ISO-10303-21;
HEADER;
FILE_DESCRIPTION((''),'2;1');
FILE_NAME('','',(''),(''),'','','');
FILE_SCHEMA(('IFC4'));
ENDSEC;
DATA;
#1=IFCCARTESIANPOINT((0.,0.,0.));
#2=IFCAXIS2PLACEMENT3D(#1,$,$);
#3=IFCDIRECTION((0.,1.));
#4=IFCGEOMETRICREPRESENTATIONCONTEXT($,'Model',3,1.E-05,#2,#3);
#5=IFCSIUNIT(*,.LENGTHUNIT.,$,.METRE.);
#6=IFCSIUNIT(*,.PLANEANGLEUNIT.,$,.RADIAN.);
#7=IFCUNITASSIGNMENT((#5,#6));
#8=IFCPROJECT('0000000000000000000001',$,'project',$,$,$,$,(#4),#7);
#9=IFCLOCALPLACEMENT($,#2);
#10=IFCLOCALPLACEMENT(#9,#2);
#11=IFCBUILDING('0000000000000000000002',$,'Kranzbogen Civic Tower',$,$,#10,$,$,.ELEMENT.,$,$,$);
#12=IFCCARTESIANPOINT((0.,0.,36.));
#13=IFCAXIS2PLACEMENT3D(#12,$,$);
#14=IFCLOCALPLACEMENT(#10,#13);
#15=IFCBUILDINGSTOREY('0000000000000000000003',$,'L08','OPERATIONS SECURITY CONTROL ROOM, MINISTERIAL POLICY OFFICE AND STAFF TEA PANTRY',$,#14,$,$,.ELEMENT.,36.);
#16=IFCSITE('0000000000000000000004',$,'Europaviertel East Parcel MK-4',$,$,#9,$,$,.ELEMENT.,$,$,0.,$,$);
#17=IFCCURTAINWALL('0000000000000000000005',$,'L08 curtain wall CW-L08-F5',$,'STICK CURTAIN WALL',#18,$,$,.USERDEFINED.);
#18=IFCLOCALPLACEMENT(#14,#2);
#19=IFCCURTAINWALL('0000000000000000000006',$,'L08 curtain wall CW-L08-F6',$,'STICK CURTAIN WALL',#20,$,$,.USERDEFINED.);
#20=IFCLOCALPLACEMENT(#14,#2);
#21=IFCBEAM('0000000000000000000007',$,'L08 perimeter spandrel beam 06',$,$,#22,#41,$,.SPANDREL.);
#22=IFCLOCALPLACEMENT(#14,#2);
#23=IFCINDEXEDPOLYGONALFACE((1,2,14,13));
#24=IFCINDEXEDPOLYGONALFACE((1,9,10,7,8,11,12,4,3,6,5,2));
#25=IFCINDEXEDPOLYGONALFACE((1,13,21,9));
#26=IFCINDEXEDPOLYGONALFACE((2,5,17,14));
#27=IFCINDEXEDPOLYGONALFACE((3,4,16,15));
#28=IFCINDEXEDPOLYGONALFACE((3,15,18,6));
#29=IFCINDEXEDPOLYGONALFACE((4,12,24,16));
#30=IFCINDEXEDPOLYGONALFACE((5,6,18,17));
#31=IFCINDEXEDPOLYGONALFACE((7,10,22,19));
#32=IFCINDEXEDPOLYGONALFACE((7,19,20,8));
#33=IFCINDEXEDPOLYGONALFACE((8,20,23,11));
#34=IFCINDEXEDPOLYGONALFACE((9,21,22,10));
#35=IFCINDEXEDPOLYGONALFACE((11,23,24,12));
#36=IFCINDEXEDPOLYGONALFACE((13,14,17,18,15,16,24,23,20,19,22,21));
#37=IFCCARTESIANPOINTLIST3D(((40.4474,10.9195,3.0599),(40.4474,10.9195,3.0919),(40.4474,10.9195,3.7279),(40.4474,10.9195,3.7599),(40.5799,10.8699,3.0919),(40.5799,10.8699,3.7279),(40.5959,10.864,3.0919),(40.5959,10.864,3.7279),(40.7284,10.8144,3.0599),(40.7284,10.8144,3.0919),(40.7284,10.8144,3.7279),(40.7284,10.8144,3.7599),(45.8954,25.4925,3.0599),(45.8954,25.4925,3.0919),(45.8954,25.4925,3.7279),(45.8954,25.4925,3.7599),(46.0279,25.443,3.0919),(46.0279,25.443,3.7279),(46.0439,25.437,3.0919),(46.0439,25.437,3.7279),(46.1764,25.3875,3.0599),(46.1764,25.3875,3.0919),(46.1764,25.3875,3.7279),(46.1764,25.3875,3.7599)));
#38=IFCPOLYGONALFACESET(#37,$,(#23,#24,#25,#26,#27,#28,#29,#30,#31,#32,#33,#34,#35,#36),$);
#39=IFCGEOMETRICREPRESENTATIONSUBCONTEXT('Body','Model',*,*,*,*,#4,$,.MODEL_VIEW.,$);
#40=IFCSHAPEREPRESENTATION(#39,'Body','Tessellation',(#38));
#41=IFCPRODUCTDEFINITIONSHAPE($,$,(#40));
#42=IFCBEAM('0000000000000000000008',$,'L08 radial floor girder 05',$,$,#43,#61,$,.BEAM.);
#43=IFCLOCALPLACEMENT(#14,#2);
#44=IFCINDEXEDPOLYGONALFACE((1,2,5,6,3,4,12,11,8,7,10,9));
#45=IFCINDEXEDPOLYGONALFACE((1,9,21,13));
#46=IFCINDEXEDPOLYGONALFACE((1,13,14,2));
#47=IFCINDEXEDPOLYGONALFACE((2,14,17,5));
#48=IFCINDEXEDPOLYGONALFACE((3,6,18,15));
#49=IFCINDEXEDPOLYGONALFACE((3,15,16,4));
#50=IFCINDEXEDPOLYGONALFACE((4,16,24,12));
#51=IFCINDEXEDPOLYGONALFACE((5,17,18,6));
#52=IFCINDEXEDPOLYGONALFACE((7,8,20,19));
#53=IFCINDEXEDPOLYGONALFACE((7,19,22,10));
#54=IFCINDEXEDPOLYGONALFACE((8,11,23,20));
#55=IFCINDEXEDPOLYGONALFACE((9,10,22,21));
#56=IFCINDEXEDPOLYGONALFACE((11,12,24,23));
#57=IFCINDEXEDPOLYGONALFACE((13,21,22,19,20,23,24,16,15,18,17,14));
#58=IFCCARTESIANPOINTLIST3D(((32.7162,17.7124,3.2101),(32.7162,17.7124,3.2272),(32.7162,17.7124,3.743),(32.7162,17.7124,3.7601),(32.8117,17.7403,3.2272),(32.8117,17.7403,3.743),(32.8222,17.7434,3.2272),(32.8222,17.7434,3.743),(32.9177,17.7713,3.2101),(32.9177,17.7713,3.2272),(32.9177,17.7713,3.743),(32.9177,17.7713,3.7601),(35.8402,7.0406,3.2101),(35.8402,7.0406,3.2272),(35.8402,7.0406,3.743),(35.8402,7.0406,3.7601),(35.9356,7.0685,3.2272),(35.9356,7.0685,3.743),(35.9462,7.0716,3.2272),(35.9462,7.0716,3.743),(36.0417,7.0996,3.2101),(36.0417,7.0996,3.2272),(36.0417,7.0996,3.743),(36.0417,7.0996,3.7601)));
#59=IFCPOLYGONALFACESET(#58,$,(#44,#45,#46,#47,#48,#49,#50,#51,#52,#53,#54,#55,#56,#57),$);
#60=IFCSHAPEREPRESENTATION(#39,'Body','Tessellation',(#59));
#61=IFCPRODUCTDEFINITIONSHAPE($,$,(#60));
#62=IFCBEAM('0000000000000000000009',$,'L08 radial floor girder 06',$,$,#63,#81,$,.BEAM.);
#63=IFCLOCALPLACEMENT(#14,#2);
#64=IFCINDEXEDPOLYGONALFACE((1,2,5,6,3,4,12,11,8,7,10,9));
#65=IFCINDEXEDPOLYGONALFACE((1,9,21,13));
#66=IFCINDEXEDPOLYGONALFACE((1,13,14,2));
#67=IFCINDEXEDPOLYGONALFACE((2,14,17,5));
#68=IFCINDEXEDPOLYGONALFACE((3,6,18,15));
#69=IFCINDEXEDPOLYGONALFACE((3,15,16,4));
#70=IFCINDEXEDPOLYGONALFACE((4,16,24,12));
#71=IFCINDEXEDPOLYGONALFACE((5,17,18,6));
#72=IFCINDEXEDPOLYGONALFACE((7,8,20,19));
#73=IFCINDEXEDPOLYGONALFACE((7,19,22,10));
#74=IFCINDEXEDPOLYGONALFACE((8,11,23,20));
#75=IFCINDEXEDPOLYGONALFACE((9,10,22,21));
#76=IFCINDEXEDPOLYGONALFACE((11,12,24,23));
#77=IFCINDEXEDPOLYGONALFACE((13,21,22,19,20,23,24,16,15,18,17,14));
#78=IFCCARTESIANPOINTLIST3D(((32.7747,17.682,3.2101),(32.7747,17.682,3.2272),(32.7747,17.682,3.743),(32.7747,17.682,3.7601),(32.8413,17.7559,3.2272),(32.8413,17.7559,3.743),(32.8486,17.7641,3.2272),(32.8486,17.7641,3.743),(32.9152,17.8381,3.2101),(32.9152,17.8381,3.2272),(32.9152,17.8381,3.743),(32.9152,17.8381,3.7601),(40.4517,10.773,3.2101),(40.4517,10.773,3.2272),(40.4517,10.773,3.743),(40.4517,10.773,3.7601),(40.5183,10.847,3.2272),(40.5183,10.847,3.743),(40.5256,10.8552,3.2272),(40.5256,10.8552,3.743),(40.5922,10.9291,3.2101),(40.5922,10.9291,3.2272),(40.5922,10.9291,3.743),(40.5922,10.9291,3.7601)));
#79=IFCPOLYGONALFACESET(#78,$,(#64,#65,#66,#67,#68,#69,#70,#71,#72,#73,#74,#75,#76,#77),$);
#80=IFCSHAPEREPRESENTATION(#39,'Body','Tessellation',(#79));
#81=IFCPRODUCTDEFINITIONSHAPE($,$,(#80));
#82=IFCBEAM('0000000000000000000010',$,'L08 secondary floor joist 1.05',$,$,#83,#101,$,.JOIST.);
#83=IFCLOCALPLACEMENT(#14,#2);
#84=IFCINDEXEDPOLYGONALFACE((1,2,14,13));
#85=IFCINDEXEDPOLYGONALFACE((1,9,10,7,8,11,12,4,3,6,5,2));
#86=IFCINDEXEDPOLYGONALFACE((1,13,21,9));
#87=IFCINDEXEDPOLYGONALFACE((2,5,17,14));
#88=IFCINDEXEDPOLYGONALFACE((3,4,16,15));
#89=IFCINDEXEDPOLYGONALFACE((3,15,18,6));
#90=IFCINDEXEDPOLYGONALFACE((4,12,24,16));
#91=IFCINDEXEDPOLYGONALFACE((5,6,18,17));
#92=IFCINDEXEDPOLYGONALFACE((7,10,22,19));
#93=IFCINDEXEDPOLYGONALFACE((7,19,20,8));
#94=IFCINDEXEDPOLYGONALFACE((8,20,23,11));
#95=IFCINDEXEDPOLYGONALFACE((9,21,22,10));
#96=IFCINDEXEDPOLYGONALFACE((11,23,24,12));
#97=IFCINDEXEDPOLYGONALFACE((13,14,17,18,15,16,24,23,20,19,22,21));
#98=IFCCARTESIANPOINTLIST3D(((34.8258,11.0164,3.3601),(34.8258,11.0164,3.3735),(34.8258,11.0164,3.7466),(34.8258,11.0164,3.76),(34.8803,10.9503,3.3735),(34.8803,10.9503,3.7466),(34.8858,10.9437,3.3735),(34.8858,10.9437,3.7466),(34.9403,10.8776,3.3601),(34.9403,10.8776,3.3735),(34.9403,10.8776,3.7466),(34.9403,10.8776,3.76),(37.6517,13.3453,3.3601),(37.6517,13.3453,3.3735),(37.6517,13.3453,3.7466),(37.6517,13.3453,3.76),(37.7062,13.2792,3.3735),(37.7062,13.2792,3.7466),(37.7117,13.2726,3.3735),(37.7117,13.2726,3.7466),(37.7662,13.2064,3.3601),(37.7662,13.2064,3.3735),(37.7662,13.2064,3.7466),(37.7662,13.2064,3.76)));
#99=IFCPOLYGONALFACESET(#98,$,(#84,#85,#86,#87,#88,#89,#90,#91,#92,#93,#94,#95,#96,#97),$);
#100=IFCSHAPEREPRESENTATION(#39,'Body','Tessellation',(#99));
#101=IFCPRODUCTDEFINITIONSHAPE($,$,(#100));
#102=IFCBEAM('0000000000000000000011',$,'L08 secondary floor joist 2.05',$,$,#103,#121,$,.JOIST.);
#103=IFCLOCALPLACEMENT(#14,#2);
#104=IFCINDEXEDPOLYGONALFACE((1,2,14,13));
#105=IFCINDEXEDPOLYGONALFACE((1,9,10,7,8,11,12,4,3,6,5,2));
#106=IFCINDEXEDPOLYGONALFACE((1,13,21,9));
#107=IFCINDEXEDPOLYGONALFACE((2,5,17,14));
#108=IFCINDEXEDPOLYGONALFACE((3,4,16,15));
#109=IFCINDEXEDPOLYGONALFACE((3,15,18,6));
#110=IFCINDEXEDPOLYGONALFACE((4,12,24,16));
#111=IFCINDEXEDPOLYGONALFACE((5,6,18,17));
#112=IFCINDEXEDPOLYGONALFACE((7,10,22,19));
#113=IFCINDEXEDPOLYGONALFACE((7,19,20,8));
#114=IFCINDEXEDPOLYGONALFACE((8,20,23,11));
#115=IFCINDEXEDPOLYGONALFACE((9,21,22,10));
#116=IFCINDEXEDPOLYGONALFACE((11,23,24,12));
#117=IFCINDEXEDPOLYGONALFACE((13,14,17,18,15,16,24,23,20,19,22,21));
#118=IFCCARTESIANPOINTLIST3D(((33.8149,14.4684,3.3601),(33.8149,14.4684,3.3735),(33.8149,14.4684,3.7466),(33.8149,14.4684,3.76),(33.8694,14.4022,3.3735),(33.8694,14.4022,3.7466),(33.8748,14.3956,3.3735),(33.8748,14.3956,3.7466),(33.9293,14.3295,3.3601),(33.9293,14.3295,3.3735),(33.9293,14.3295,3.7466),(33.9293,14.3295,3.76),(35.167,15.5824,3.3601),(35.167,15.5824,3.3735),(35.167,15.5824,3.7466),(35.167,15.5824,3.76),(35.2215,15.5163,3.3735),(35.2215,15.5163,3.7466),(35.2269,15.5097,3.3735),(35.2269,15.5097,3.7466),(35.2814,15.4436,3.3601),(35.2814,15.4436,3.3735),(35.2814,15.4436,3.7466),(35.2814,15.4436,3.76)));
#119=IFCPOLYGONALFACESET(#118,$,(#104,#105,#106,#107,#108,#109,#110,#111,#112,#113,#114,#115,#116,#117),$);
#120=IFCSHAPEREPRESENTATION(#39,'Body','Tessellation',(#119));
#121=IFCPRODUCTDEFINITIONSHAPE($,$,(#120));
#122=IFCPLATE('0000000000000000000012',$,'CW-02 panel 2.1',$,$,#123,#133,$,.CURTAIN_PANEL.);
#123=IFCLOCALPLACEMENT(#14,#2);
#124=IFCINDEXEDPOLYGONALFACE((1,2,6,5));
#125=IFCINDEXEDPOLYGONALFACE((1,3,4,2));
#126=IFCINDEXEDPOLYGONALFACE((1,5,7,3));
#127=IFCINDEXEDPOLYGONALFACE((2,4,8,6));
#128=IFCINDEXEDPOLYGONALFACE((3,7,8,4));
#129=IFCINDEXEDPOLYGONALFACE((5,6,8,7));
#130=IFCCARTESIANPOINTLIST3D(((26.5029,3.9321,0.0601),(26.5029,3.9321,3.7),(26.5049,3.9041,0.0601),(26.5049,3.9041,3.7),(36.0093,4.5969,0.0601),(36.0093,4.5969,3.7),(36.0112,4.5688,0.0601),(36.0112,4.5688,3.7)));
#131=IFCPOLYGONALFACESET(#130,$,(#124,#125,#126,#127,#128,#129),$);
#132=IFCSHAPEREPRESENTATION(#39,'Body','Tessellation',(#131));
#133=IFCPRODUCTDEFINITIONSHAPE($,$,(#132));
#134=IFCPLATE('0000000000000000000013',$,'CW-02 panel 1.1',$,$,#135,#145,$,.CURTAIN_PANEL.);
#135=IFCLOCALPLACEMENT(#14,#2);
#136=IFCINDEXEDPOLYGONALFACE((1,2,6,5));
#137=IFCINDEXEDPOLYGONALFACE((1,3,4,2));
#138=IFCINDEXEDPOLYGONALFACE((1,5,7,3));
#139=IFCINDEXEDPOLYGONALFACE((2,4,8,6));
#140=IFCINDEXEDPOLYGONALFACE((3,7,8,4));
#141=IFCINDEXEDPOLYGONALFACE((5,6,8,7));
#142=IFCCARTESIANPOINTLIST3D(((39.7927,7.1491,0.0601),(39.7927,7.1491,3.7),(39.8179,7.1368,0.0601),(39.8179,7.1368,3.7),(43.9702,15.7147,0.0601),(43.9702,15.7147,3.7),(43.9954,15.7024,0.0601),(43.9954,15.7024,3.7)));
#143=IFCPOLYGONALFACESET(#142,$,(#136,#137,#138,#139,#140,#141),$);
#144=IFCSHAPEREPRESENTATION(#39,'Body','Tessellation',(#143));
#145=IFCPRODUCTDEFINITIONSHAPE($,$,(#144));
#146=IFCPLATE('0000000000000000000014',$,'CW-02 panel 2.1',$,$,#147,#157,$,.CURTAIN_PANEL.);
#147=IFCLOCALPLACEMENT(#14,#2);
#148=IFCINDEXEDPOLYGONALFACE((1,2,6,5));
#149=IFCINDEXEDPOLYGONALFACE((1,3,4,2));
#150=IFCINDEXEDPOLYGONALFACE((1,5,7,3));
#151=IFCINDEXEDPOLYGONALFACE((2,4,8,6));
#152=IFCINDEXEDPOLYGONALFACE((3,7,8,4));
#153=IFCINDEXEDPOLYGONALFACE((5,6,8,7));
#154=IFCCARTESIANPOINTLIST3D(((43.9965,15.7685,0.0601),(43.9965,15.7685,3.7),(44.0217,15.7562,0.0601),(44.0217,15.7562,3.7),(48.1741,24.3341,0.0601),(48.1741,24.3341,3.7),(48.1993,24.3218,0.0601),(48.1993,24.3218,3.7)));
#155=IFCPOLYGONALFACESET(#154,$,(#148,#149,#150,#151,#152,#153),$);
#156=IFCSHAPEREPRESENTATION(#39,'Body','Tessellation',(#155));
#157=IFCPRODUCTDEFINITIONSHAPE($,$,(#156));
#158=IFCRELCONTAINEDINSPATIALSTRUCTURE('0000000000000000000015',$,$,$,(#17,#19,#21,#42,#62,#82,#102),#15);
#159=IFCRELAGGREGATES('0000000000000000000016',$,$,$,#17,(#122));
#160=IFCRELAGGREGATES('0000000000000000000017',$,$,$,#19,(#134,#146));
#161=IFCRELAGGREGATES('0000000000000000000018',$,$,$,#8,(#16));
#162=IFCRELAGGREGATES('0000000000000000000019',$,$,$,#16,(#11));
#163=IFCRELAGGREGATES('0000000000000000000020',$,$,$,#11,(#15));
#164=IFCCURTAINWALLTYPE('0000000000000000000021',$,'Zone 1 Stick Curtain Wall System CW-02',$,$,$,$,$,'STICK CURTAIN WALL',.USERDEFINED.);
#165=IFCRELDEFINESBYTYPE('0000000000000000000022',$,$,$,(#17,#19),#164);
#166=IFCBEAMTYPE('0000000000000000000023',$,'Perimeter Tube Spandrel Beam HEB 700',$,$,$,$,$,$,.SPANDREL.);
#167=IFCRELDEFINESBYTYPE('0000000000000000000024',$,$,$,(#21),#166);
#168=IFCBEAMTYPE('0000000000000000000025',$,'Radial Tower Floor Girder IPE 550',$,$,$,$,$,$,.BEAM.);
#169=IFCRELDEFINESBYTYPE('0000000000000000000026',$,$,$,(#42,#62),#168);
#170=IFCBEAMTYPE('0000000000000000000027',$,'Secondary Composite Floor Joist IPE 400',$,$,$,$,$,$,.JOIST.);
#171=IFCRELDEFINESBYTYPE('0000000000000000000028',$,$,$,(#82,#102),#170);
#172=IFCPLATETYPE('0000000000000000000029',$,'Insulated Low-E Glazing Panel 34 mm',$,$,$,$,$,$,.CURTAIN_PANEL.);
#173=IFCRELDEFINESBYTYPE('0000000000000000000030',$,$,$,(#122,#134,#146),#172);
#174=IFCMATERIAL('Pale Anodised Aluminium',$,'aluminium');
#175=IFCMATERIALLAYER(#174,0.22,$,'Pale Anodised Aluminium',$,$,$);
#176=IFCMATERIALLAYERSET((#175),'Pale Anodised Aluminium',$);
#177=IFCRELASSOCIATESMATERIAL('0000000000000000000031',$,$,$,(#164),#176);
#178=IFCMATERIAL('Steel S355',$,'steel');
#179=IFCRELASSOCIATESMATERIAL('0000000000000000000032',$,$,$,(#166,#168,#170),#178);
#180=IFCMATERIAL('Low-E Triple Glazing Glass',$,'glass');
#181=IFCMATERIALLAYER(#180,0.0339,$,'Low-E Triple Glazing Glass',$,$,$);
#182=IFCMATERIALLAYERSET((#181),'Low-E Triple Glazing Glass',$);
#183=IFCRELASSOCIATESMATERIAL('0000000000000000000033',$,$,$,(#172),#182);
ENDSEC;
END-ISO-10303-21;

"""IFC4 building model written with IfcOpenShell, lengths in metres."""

from ifc_helpers import new_model, si_unit, direction, frame, origin, origin_2d, place, context, subcontext, project, spatial, rectangle, i_section, extrude, material, layer, layer_set, material_profile, profile_set, type_object, element, aggregate, save


model = new_model("IFC4")

# Units and contexts
model_context = context("Model", 3, precision=1e-05, world=origin(), true_north=direction((0.0, 1.0)))
body_context = subcontext(model_context, "Body", "Model", "MODEL_VIEW")
ifc_project = project(units=[si_unit("LENGTHUNIT", "METRE"), si_unit("PLANEANGLEUNIT", "RADIAN")], contexts=[model_context])

# Site, building, storey
site_placement = place(None, origin())
site = spatial("IfcSite", under=ifc_project, at=site_placement, Name="Europaviertel East Parcel MK-4", CompositionType="ELEMENT", RefElevation=0.0)
building_placement = place(site_placement, origin())
building = spatial("IfcBuilding", under=site, at=building_placement, Name="Kranzbogen Civic Tower", CompositionType="ELEMENT")
storey_placement = place(building_placement, frame((0.0, 0.0, 36.0)))
storey = spatial("IfcBuildingStorey", under=building, at=storey_placement, Name="L08", Description="OPERATIONS SECURITY CONTROL ROOM, MINISTERIAL POLICY OFFICE AND STAFF TEA PANTRY", CompositionType="ELEMENT", Elevation=36.0)

# Curtain wall
ifc_material_1 = material(Name="Pale Anodised Aluminium", Category="aluminium")
ifc_layer_1 = layer(ifc_material_1, 0.22, Name="Pale Anodised Aluminium")
ifc_layer_set_1 = layer_set([ifc_layer_1], Name="Pale Anodised Aluminium")
curtain_wall_type = type_object("IfcCurtainWallType", Name="Zone 1 Stick Curtain Wall System CW-02", ElementType="STICK CURTAIN WALL", PredefinedType="USERDEFINED", material=ifc_layer_set_1)
curtain_wall_1_placement = place(storey_placement, origin())
curtain_wall_1 = element("IfcCurtainWall", 1, at=curtain_wall_1_placement, inside=storey, type_object=curtain_wall_type, Name="L08 curtain wall CW-L08-F5", ObjectType="STICK CURTAIN WALL", PredefinedType="USERDEFINED")

# Curtain wall
curtain_wall_2_placement = place(storey_placement, origin())
curtain_wall_2 = element("IfcCurtainWall", 2, at=curtain_wall_2_placement, inside=storey, type_object=curtain_wall_type, Name="L08 curtain wall CW-L08-F6", ObjectType="STICK CURTAIN WALL", PredefinedType="USERDEFINED")

# Beams
ifc_material_2 = material(Name="Steel S355", Category="steel")
ifc_material_profile_1 = material_profile(ifc_material_2, i_section(OverallWidth=0.3, OverallDepth=0.7, WebThickness=0.0171, FlangeThickness=0.032, at=origin_2d()), Name="HEB 700")
ifc_profile_set_1 = profile_set([ifc_material_profile_1], Name="Steel S355")
beam_type_1 = type_object("IfcBeamType", Name="Perimeter Tube Spandrel Beam HEB 700", PredefinedType="SPANDREL", material=ifc_profile_set_1)
beam_1_placement = place(storey_placement, frame((40.5879, 10.8669, 3.4099), z_axis=(0.350172, 0.936685, 0.0), x_axis=(-0.936685, 0.350172, 0.0)))
element("IfcBeam", 3, at=beam_1_placement, inside=storey, type_object=beam_type_1, Name="L08 perimeter spandrel beam 06", PredefinedType="SPANDREL", context=body_context, shape_type="SweptSolid", body=[
    extrude(i_section(OverallWidth=0.3, OverallDepth=0.7, WebThickness=0.0171, FlangeThickness=0.032, at=origin_2d()), origin(), (0.0, 0.0, 1.0), 15.5581),
])
ifc_material_profile_2 = material_profile(ifc_material_2, i_section(OverallWidth=0.21, OverallDepth=0.55, WebThickness=0.011, FlangeThickness=0.0171, at=origin_2d()), Name="IPE 550")
ifc_profile_set_2 = profile_set([ifc_material_profile_2], Name="Steel S355")
beam_type_2 = type_object("IfcBeamType", Name="Radial Tower Floor Girder IPE 550", PredefinedType="BEAM", material=ifc_profile_set_2)
beam_2_placement = place(storey_placement, frame((35.9409, 7.0701, 3.4851), z_axis=(-0.280944, 0.959724, 0.0), x_axis=(-0.959724, -0.280944, 0.0)))
element("IfcBeam", 4, at=beam_2_placement, inside=storey, type_object=beam_type_2, Name="L08 radial floor girder 05", PredefinedType="BEAM", context=body_context, shape_type="SweptSolid", body=[
    extrude(i_section(OverallWidth=0.21, OverallDepth=0.55, WebThickness=0.011, FlangeThickness=0.0171, at=origin_2d()), origin(), (0.0, 0.0, 1.0), 11.1196),
])
beam_3_placement = place(storey_placement, frame((40.522, 10.8511, 3.4851), z_axis=(-0.743312, 0.668945, 0.0), x_axis=(-0.668945, -0.743312, 0.0)))
element("IfcBeam", 5, at=beam_3_placement, inside=storey, type_object=beam_type_2, Name="L08 radial floor girder 06", PredefinedType="BEAM", context=body_context, shape_type="SweptSolid", body=[
    extrude(i_section(OverallWidth=0.21, OverallDepth=0.55, WebThickness=0.011, FlangeThickness=0.0171, at=origin_2d()), origin(), (0.0, 0.0, 1.0), 10.3281),
])
ifc_material_profile_3 = material_profile(ifc_material_2, i_section(OverallWidth=0.1799, OverallDepth=0.3999, WebThickness=0.0085, FlangeThickness=0.0134, at=origin_2d()), Name="IPE 400")
ifc_profile_set_3 = profile_set([ifc_material_profile_3], Name="Steel S355")
beam_type_3 = type_object("IfcBeamType", Name="Secondary Composite Floor Joist IPE 400", PredefinedType="JOIST", material=ifc_profile_set_3)
beam_4_placement = place(storey_placement, frame((34.8831, 10.947, 3.5601), z_axis=(0.771713, 0.635971, 0.0), x_axis=(-0.635971, 0.771713, 0.0)))
element("IfcBeam", 6, at=beam_4_placement, inside=storey, type_object=beam_type_3, Name="L08 secondary floor joist 1.05", PredefinedType="JOIST", context=body_context, shape_type="SweptSolid", body=[
    extrude(i_section(OverallWidth=0.1799, OverallDepth=0.3999, WebThickness=0.0085, FlangeThickness=0.0134, at=origin_2d()), origin(), (0.0, 0.0, 1.0), 3.6619),
])
beam_5_placement = place(storey_placement, frame((33.8721, 14.3989, 3.5601), z_axis=(0.771773, 0.635898, 0.0), x_axis=(-0.635898, 0.771773, 0.0)))
element("IfcBeam", 7, at=beam_5_placement, inside=storey, type_object=beam_type_3, Name="L08 secondary floor joist 2.05", PredefinedType="JOIST", context=body_context, shape_type="SweptSolid", body=[
    extrude(i_section(OverallWidth=0.1799, OverallDepth=0.3999, WebThickness=0.0085, FlangeThickness=0.0134, at=origin_2d()), origin(), (0.0, 0.0, 1.0), 1.752),
])

# Plates
ifc_material_3 = material(Name="Low-E Triple Glazing Glass", Category="glass")
ifc_layer_2 = layer(ifc_material_3, 0.0339, Name="Low-E Triple Glazing Glass")
ifc_layer_set_2 = layer_set([ifc_layer_2], Name="Low-E Triple Glazing Glass")
plate_type = type_object("IfcPlateType", Name="Insulated Low-E Glazing Panel 34 mm", PredefinedType="CURTAIN_PANEL", material=ifc_layer_set_2)
plate_1_placement = place(storey_placement, frame((31.2571, 4.2505, 0.0601), z_axis=(0.0, 0.0, 1.0), x_axis=(0.997564, 0.069755, 0.0)))
plate_1 = element("IfcPlate", 8, at=plate_1_placement, type_object=plate_type, Name="CW-02 panel 2.1", PredefinedType="CURTAIN_PANEL", context=body_context, shape_type="SweptSolid", body=[
    extrude(rectangle(XDim=9.5295, YDim=0.0281, at=origin_2d()), origin(), (0.0, 0.0, 1.0), 3.6399),
])
aggregate(curtain_wall_1, [plate_1])
plate_2_placement = place(storey_placement, frame((41.894, 11.4258, 0.0601), z_axis=(0.0, 0.0, 1.0), x_axis=(0.438356, 0.898801, 0.0)))
plate_2 = element("IfcPlate", 9, at=plate_2_placement, type_object=plate_type, Name="CW-02 panel 1.1", PredefinedType="CURTAIN_PANEL", context=body_context, shape_type="SweptSolid", body=[
    extrude(rectangle(XDim=9.53, YDim=0.0281, at=origin_2d()), origin(), (0.0, 0.0, 1.0), 3.6399),
])
plate_3_placement = place(storey_placement, frame((46.0979, 20.0452, 0.0601), z_axis=(0.0, 0.0, 1.0), x_axis=(0.438356, 0.898801, 0.0)))
plate_3 = element("IfcPlate", 10, at=plate_3_placement, type_object=plate_type, Name="CW-02 panel 2.1", PredefinedType="CURTAIN_PANEL", context=body_context, shape_type="SweptSolid", body=[
    extrude(rectangle(XDim=9.53, YDim=0.0281, at=origin_2d()), origin(), (0.0, 0.0, 1.0), 3.6399),
])
aggregate(curtain_wall_2, [plate_2, plate_3])

save(model, "model.ifc")
